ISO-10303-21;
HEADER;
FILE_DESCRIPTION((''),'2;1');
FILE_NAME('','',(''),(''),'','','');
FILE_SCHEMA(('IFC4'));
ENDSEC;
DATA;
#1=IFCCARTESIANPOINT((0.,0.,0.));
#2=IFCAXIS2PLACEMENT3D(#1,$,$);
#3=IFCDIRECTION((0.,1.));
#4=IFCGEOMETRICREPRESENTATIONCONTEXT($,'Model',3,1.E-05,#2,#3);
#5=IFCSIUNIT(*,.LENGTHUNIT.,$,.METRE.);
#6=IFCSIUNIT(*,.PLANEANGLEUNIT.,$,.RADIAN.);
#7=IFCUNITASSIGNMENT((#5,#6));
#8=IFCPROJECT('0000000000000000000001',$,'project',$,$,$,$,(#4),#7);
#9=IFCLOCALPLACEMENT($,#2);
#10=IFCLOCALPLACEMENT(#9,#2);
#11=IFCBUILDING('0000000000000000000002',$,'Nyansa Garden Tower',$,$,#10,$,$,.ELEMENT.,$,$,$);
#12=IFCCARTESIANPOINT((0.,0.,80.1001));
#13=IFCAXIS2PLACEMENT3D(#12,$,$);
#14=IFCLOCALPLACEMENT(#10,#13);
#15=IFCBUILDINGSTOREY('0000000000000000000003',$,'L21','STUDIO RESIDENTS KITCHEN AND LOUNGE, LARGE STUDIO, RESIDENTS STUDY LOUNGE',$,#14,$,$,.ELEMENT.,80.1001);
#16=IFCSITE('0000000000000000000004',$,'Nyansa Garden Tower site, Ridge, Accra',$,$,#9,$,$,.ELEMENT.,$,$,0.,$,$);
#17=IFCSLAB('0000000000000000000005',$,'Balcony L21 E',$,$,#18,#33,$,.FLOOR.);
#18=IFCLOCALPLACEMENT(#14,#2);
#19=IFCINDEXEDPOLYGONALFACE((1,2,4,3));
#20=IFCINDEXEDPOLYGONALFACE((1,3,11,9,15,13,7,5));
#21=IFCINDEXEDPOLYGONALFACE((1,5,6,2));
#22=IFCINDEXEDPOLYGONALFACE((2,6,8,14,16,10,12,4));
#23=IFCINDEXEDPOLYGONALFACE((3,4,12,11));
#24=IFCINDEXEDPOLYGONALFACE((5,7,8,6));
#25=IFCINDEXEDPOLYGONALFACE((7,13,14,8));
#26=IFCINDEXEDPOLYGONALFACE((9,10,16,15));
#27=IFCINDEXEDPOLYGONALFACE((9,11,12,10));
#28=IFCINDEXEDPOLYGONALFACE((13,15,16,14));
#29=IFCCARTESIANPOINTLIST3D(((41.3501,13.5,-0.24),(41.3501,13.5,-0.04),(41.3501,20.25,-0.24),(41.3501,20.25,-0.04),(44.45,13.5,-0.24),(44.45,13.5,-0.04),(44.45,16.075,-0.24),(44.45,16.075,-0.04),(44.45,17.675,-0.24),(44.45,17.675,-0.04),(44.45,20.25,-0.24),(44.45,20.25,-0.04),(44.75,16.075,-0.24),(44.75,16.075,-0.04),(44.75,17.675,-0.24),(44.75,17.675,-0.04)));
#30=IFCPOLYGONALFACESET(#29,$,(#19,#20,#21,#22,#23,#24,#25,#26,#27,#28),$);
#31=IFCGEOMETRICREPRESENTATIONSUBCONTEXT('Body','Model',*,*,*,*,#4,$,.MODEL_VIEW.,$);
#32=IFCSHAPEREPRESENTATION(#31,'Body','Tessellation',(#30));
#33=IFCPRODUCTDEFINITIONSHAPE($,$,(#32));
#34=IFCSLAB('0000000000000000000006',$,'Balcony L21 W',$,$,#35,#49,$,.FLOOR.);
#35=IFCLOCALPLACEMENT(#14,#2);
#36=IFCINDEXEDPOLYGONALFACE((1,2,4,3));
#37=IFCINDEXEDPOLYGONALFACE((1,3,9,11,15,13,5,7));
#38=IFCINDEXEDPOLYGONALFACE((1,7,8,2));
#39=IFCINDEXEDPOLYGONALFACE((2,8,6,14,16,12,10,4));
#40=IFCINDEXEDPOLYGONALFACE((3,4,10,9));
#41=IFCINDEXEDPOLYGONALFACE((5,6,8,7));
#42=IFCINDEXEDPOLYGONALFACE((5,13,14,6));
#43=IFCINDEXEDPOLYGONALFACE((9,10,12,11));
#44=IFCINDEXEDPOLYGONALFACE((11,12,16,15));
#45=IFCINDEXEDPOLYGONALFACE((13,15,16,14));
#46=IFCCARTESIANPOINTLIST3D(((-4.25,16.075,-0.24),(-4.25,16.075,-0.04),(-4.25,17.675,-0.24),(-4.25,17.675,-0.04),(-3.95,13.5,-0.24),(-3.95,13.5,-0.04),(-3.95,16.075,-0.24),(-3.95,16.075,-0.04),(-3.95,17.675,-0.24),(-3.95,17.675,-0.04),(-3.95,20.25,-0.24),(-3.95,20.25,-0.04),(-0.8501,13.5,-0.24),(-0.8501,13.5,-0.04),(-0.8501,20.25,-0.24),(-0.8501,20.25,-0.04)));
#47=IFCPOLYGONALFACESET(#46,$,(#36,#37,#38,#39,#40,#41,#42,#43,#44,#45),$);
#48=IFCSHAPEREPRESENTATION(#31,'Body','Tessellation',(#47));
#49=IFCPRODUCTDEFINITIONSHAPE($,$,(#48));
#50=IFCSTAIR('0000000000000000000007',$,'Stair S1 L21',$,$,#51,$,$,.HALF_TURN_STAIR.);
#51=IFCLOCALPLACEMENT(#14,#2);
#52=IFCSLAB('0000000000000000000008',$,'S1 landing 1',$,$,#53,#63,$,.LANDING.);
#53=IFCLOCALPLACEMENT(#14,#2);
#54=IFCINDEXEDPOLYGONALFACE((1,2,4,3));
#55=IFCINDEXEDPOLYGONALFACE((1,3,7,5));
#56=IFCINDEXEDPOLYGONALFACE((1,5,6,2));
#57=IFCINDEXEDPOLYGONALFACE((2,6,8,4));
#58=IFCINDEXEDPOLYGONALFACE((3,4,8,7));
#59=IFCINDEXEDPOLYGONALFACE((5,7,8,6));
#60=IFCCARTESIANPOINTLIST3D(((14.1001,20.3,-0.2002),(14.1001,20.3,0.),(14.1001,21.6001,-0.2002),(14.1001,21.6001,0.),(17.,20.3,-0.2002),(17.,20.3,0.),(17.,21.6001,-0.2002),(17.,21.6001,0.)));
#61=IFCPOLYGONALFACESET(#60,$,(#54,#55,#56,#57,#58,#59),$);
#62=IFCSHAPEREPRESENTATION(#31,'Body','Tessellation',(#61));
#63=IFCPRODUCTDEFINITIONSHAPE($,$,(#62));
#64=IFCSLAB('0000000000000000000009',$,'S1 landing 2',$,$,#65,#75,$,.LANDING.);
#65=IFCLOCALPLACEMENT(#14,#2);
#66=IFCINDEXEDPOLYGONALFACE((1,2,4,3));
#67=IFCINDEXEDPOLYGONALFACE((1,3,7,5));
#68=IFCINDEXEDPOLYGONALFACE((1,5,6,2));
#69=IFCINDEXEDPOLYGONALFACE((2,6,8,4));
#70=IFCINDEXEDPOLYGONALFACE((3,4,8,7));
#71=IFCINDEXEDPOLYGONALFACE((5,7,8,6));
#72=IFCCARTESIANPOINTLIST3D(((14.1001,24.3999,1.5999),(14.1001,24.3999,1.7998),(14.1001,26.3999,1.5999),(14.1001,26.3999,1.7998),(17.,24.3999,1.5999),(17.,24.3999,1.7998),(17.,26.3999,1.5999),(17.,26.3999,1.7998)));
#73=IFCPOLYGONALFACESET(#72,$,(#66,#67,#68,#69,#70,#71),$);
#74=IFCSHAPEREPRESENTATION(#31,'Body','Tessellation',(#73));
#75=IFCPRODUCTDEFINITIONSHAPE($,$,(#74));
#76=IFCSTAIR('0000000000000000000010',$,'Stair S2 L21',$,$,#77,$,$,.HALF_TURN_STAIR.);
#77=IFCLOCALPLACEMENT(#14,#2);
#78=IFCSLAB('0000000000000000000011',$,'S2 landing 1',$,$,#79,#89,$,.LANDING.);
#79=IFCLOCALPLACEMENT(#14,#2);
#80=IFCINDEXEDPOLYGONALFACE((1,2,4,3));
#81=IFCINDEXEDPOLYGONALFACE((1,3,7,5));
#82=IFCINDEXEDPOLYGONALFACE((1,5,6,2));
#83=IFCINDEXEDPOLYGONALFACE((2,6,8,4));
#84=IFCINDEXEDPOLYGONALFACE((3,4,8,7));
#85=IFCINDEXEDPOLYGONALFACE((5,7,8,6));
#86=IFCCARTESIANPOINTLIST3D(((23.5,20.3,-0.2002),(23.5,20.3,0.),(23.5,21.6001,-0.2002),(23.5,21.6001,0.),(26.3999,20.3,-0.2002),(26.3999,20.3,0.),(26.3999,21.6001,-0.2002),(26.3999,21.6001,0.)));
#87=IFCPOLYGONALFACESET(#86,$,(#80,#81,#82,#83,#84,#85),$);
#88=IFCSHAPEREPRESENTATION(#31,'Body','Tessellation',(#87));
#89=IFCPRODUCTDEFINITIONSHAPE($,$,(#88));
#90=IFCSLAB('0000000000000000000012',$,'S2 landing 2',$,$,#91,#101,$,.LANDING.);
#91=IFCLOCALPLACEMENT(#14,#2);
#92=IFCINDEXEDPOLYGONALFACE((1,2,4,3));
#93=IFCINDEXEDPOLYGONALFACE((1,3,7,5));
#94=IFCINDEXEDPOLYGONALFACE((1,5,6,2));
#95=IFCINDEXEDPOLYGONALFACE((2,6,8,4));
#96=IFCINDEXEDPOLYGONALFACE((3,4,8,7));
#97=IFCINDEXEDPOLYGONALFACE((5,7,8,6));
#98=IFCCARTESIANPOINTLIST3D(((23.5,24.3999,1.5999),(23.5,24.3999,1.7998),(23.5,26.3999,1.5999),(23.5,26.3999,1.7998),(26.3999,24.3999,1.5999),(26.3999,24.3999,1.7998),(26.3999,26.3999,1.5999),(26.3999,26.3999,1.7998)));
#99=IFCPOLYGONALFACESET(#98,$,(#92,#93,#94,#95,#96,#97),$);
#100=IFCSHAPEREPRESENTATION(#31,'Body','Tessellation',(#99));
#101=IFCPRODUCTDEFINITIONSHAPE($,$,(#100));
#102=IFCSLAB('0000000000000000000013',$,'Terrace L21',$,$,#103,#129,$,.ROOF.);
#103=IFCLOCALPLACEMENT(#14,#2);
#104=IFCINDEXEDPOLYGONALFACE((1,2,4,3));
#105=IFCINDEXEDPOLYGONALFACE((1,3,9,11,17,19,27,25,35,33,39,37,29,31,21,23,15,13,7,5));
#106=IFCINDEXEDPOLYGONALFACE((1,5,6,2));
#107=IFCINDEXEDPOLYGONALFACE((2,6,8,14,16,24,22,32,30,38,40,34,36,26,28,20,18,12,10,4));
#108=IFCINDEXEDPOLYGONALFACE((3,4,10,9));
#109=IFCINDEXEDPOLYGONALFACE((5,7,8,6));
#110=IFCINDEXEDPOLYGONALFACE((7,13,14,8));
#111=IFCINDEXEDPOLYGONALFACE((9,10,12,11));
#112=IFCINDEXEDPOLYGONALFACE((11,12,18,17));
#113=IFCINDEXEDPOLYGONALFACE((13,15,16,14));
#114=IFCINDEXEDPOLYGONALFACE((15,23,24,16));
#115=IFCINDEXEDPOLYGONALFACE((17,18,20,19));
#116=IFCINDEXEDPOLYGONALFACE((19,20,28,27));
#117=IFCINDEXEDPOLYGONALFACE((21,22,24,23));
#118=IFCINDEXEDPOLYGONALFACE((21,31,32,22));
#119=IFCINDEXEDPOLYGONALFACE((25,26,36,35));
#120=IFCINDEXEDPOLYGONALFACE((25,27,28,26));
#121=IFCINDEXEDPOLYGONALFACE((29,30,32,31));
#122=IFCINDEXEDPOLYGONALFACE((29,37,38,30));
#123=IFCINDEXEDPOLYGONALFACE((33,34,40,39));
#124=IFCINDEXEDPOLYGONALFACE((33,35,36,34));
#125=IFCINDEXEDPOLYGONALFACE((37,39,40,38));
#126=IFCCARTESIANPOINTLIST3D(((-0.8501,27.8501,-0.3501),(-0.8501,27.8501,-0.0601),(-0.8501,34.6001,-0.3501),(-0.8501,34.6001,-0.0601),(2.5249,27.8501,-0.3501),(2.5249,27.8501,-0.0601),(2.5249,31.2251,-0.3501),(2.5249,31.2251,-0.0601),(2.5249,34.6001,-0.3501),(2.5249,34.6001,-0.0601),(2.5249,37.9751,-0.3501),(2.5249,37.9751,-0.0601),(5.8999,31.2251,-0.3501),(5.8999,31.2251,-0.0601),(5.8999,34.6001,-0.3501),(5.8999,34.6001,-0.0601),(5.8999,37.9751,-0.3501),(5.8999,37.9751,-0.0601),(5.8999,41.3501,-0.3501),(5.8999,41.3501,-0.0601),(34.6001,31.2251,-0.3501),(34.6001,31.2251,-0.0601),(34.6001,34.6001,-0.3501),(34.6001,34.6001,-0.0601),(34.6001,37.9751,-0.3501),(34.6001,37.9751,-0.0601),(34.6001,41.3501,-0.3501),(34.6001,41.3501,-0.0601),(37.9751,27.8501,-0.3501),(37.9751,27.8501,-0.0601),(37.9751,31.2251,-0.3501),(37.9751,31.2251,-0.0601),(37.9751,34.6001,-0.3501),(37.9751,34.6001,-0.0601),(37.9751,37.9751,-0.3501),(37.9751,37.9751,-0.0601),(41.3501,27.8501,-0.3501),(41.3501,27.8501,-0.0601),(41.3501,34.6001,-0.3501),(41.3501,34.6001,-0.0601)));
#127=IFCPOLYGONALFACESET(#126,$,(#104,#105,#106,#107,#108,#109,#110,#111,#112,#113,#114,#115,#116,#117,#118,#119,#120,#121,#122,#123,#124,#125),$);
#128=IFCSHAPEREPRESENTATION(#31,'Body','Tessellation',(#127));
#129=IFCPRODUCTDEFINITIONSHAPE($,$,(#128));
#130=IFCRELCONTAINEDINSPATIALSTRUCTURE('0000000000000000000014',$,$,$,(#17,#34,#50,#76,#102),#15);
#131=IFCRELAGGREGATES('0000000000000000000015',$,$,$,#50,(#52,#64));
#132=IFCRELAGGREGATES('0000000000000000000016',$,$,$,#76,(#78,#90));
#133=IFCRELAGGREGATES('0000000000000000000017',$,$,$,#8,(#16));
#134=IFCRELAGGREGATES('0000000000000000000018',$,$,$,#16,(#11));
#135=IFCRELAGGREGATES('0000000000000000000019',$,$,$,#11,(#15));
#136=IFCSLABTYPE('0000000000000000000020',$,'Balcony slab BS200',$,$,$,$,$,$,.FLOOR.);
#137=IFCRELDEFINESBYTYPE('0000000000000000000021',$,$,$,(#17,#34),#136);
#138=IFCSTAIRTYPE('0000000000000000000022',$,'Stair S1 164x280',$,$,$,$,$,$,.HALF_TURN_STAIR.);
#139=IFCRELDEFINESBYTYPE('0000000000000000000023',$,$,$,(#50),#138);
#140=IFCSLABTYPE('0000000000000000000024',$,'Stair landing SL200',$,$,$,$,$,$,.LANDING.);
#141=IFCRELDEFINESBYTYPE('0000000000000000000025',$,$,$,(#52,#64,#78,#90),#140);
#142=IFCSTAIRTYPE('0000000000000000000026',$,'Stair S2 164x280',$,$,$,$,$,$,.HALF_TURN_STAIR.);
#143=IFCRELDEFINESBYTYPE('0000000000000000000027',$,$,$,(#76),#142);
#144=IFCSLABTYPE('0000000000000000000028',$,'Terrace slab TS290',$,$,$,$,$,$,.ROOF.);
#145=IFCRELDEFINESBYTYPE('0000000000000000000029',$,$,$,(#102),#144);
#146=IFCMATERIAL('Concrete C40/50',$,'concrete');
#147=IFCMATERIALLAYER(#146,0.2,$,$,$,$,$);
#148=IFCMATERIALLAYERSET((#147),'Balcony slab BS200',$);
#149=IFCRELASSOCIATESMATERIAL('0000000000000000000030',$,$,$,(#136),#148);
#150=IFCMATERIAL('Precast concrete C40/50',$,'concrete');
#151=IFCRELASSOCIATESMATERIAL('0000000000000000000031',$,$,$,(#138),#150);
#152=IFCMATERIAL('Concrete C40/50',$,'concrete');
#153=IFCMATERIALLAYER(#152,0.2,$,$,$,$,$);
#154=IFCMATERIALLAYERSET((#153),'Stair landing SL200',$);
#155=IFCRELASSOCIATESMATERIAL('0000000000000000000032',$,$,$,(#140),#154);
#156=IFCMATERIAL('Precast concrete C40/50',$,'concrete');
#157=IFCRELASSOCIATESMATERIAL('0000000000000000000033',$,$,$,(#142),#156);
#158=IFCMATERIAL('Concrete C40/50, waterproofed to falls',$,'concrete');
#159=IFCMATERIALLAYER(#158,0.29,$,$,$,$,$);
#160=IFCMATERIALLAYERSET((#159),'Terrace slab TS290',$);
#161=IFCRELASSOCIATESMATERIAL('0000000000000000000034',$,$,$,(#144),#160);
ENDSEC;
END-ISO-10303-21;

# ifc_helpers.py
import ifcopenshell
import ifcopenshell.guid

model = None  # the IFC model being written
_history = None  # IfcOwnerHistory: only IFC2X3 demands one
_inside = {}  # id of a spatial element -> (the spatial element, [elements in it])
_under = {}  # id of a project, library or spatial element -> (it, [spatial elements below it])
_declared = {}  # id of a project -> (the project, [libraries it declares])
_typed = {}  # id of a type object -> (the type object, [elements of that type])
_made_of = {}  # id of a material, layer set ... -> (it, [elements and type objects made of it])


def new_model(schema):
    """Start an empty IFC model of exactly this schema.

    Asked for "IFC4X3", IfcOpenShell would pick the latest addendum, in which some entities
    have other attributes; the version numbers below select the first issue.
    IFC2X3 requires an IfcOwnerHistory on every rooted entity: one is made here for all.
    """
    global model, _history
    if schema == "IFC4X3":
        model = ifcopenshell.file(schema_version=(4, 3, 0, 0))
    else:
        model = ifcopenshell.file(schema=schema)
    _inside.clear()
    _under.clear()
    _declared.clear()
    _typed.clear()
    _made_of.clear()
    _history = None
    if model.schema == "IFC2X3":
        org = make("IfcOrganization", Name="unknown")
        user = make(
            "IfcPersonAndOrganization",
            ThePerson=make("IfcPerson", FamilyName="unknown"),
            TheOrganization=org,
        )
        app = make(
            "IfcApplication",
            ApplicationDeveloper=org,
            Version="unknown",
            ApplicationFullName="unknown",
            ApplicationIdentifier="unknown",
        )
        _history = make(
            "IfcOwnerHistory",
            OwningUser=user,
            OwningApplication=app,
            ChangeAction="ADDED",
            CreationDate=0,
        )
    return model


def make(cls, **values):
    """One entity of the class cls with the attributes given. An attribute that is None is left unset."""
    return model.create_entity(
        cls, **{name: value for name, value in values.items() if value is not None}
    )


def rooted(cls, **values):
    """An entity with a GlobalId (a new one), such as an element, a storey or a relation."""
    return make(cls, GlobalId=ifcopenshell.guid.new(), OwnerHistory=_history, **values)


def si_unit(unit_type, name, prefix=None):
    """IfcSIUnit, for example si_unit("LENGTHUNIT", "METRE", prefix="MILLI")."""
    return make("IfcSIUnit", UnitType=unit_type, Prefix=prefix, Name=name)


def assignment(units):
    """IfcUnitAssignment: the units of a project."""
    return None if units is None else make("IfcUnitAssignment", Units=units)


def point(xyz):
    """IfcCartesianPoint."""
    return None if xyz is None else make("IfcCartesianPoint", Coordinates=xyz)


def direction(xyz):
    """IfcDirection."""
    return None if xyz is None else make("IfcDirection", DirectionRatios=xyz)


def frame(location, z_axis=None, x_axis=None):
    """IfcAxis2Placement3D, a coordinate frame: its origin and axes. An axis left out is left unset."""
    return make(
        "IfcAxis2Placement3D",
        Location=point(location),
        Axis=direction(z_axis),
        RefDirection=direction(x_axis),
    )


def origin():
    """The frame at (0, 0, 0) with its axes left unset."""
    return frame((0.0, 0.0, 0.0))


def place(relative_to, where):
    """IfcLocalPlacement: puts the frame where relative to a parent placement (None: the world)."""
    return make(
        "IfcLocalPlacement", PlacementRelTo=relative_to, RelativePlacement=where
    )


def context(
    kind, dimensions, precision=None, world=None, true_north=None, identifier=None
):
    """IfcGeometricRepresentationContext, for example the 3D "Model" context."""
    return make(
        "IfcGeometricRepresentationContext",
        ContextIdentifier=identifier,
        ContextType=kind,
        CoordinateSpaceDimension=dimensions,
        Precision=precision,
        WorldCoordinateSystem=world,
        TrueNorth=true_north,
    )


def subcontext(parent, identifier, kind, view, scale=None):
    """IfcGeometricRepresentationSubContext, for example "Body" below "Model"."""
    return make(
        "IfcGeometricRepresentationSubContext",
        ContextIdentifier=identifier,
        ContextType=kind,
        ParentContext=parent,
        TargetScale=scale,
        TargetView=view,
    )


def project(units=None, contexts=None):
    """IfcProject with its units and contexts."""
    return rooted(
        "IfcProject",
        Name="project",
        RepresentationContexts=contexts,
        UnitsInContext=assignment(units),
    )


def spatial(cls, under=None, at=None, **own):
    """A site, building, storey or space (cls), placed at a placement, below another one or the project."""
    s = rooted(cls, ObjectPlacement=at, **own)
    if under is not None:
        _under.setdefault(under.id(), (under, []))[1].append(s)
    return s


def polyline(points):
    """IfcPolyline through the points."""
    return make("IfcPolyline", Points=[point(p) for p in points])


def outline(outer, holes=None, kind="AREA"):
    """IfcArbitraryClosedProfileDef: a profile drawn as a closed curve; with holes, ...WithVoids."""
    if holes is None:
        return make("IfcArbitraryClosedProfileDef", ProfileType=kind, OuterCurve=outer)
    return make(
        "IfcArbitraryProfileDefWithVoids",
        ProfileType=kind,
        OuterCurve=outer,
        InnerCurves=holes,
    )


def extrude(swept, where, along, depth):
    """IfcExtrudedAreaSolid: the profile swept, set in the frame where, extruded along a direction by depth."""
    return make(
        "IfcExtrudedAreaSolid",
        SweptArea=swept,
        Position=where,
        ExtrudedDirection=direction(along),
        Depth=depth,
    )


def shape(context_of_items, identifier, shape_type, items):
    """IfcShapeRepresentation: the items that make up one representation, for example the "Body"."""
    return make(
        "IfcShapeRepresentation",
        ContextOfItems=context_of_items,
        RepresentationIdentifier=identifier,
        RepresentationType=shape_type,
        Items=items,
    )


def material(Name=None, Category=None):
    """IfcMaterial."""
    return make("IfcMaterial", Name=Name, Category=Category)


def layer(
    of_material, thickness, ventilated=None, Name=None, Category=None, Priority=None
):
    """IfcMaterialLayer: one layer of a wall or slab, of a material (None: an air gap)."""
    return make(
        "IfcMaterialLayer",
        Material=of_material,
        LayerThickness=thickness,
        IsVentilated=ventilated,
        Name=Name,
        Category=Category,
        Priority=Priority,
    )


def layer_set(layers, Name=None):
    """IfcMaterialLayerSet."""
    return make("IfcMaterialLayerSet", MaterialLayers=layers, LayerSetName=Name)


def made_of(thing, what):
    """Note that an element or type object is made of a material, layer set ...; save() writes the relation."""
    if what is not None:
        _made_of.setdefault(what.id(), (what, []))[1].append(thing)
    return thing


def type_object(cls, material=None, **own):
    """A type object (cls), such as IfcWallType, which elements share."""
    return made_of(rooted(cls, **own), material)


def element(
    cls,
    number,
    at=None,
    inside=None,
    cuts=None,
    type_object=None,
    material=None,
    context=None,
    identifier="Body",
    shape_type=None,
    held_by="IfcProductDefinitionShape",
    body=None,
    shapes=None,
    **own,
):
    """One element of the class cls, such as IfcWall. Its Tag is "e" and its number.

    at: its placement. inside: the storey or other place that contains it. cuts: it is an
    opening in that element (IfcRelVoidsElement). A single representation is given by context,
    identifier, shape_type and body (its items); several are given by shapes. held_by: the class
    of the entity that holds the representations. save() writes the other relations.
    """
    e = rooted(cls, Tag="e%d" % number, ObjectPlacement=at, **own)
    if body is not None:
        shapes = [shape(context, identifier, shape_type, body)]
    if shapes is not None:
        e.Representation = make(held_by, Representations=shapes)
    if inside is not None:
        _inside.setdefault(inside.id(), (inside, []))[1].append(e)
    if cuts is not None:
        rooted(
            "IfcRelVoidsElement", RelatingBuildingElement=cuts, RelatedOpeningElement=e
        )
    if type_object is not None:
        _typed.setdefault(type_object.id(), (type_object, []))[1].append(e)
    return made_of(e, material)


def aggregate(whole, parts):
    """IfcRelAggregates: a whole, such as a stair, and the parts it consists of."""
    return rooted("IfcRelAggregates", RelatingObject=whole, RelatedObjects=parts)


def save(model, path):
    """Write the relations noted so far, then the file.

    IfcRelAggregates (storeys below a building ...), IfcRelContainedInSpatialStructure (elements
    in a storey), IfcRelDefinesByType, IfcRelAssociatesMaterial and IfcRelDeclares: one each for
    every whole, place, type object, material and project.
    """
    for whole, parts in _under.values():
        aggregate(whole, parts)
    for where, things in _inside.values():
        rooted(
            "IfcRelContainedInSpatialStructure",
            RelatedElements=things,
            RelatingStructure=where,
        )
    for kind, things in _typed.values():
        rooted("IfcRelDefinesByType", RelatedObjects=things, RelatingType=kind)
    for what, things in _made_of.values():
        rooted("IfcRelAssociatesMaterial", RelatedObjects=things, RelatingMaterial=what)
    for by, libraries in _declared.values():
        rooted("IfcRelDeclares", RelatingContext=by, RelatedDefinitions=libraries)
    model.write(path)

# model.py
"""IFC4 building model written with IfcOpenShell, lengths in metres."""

from ifc_helpers import new_model, si_unit, direction, frame, origin, place, context, subcontext, project, spatial, polyline, outline, extrude, material, layer, layer_set, type_object, element, aggregate, save


model = new_model("IFC4")

# Units and contexts
model_context = context("Model", 3, precision=1e-05, world=origin(), true_north=direction((0.0, 1.0)))
body_context = subcontext(model_context, "Body", "Model", "MODEL_VIEW")
ifc_project = project(units=[si_unit("LENGTHUNIT", "METRE"), si_unit("PLANEANGLEUNIT", "RADIAN")], contexts=[model_context])

# Site, building, storey
site_placement = place(None, origin())
site = spatial("IfcSite", under=ifc_project, at=site_placement, Name="Nyansa Garden Tower site, Ridge, Accra", CompositionType="ELEMENT", RefElevation=0.0)
building_placement = place(site_placement, origin())
building = spatial("IfcBuilding", under=site, at=building_placement, Name="Nyansa Garden Tower", CompositionType="ELEMENT")
storey_placement = place(building_placement, frame((0.0, 0.0, 80.1001)))
storey = spatial("IfcBuildingStorey", under=building, at=storey_placement, Name="L21", Description="STUDIO RESIDENTS KITCHEN AND LOUNGE, LARGE STUDIO, RESIDENTS STUDY LOUNGE", CompositionType="ELEMENT", Elevation=80.1001)

# Slabs
ifc_material_1 = material(Name="Concrete C40/50", Category="concrete")
ifc_layer_1 = layer(ifc_material_1, 0.2)
ifc_layer_set_1 = layer_set([ifc_layer_1], Name="Balcony slab BS200")
slab_type_1 = type_object("IfcSlabType", Name="Balcony slab BS200", PredefinedType="FLOOR", material=ifc_layer_set_1)
slab_1_placement = place(storey_placement, frame((0.0, 0.0, -0.24)))
element("IfcSlab", 1, at=slab_1_placement, inside=storey, type_object=slab_type_1, Name="Balcony L21 E", PredefinedType="FLOOR", context=body_context, shape_type="SweptSolid", body=[
    extrude(outline(polyline([(41.3501, 13.5), (41.3501, 20.25), (44.45, 20.25), (44.45, 17.675), (44.75, 17.675), (44.75, 16.075), (44.45, 16.075), (44.45, 13.5), (41.3501, 13.5)])), origin(), (0.0, 0.0, 1.0), 0.2),
])
slab_2_placement = place(storey_placement, frame((0.0, 0.0, -0.24)))
element("IfcSlab", 2, at=slab_2_placement, inside=storey, type_object=slab_type_1, Name="Balcony L21 W", PredefinedType="FLOOR", context=body_context, shape_type="SweptSolid", body=[
    extrude(outline(polyline([(-0.8501, 13.5), (-0.8501, 20.25), (-3.95, 20.25), (-3.95, 17.675), (-4.25, 17.675), (-4.25, 16.075), (-3.95, 16.075), (-3.95, 13.5), (-0.8501, 13.5)])), origin(), (0.0, 0.0, 1.0), 0.2),
])

# Stairs, slabs
ifc_material_2 = material(Name="Precast concrete C40/50", Category="concrete")
stair_type_1 = type_object("IfcStairType", Name="Stair S1 164x280", PredefinedType="HALF_TURN_STAIR", material=ifc_material_2)
stair_1_placement = place(storey_placement, origin())
stair_1 = element("IfcStair", 3, at=stair_1_placement, inside=storey, type_object=stair_type_1, Name="Stair S1 L21", PredefinedType="HALF_TURN_STAIR")
ifc_material_3 = material(Name="Concrete C40/50", Category="concrete")
ifc_layer_2 = layer(ifc_material_3, 0.2)
ifc_layer_set_2 = layer_set([ifc_layer_2], Name="Stair landing SL200")
slab_type_2 = type_object("IfcSlabType", Name="Stair landing SL200", PredefinedType="LANDING", material=ifc_layer_set_2)
slab_3_placement = place(storey_placement, frame((0.0, 0.0, -0.2002)))
slab_3 = element("IfcSlab", 4, at=slab_3_placement, type_object=slab_type_2, Name="S1 landing 1", PredefinedType="LANDING", context=body_context, shape_type="SweptSolid", body=[
    extrude(outline(polyline([(14.1001, 20.3), (17.0, 20.3), (17.0, 21.6001), (14.1001, 21.6001), (14.1001, 20.3)])), origin(), (0.0, 0.0, 1.0), 0.2002),
])
slab_4_placement = place(storey_placement, frame((0.0, 0.0, 1.5999)))
slab_4 = element("IfcSlab", 5, at=slab_4_placement, type_object=slab_type_2, Name="S1 landing 2", PredefinedType="LANDING", context=body_context, shape_type="SweptSolid", body=[
    extrude(outline(polyline([(14.1001, 24.3999), (17.0, 24.3999), (17.0, 26.3999), (14.1001, 26.3999), (14.1001, 24.3999)])), origin(), (0.0, 0.0, 1.0), 0.2),
])
aggregate(stair_1, [slab_3, slab_4])
ifc_material_4 = material(Name="Precast concrete C40/50", Category="concrete")
stair_type_2 = type_object("IfcStairType", Name="Stair S2 164x280", PredefinedType="HALF_TURN_STAIR", material=ifc_material_4)
stair_2_placement = place(storey_placement, origin())
stair_2 = element("IfcStair", 6, at=stair_2_placement, inside=storey, type_object=stair_type_2, Name="Stair S2 L21", PredefinedType="HALF_TURN_STAIR")
slab_5_placement = place(storey_placement, frame((0.0, 0.0, -0.2002)))
slab_5 = element("IfcSlab", 7, at=slab_5_placement, type_object=slab_type_2, Name="S2 landing 1", PredefinedType="LANDING", context=body_context, shape_type="SweptSolid", body=[
    extrude(outline(polyline([(23.5, 20.3), (26.3999, 20.3), (26.3999, 21.6001), (23.5, 21.6001), (23.5, 20.3)])), origin(), (0.0, 0.0, 1.0), 0.2002),
])
slab_6_placement = place(storey_placement, frame((0.0, 0.0, 1.5999)))
slab_6 = element("IfcSlab", 8, at=slab_6_placement, type_object=slab_type_2, Name="S2 landing 2", PredefinedType="LANDING", context=body_context, shape_type="SweptSolid", body=[
    extrude(outline(polyline([(23.5, 24.3999), (26.3999, 24.3999), (26.3999, 26.3999), (23.5, 26.3999), (23.5, 24.3999)])), origin(), (0.0, 0.0, 1.0), 0.2),
])
aggregate(stair_2, [slab_5, slab_6])

# Slab
ifc_material_5 = material(Name="Concrete C40/50, waterproofed to falls", Category="concrete")
ifc_layer_3 = layer(ifc_material_5, 0.29)
ifc_layer_set_3 = layer_set([ifc_layer_3], Name="Terrace slab TS290")
slab_type_3 = type_object("IfcSlabType", Name="Terrace slab TS290", PredefinedType="ROOF", material=ifc_layer_set_3)
slab_7_placement = place(storey_placement, frame((0.0, 0.0, -0.3501)))
element("IfcSlab", 9, at=slab_7_placement, inside=storey, type_object=slab_type_3, Name="Terrace L21", PredefinedType="ROOF", context=body_context, shape_type="SweptSolid", body=[
    extrude(outline(polyline([(-0.8501, 34.6001), (2.5249, 34.6001), (2.5249, 37.9751), (5.8999, 37.9751), (5.8999, 41.3501), (34.6001, 41.3501), (34.6001, 37.9751), (37.9751, 37.9751), (37.9751, 34.6001), (41.3501, 34.6001), (41.3501, 27.8501), (37.9751, 27.8501), (37.9751, 31.2251), (34.6001, 31.2251), (34.6001, 34.6001), (5.8999, 34.6001), (5.8999, 31.2251), (2.5249, 31.2251), (2.5249, 27.8501), (-0.8501, 27.8501), (-0.8501, 34.6001)])), origin(), (0.0, 0.0, 1.0), 0.29),
])

save(model, "model.ifc")
